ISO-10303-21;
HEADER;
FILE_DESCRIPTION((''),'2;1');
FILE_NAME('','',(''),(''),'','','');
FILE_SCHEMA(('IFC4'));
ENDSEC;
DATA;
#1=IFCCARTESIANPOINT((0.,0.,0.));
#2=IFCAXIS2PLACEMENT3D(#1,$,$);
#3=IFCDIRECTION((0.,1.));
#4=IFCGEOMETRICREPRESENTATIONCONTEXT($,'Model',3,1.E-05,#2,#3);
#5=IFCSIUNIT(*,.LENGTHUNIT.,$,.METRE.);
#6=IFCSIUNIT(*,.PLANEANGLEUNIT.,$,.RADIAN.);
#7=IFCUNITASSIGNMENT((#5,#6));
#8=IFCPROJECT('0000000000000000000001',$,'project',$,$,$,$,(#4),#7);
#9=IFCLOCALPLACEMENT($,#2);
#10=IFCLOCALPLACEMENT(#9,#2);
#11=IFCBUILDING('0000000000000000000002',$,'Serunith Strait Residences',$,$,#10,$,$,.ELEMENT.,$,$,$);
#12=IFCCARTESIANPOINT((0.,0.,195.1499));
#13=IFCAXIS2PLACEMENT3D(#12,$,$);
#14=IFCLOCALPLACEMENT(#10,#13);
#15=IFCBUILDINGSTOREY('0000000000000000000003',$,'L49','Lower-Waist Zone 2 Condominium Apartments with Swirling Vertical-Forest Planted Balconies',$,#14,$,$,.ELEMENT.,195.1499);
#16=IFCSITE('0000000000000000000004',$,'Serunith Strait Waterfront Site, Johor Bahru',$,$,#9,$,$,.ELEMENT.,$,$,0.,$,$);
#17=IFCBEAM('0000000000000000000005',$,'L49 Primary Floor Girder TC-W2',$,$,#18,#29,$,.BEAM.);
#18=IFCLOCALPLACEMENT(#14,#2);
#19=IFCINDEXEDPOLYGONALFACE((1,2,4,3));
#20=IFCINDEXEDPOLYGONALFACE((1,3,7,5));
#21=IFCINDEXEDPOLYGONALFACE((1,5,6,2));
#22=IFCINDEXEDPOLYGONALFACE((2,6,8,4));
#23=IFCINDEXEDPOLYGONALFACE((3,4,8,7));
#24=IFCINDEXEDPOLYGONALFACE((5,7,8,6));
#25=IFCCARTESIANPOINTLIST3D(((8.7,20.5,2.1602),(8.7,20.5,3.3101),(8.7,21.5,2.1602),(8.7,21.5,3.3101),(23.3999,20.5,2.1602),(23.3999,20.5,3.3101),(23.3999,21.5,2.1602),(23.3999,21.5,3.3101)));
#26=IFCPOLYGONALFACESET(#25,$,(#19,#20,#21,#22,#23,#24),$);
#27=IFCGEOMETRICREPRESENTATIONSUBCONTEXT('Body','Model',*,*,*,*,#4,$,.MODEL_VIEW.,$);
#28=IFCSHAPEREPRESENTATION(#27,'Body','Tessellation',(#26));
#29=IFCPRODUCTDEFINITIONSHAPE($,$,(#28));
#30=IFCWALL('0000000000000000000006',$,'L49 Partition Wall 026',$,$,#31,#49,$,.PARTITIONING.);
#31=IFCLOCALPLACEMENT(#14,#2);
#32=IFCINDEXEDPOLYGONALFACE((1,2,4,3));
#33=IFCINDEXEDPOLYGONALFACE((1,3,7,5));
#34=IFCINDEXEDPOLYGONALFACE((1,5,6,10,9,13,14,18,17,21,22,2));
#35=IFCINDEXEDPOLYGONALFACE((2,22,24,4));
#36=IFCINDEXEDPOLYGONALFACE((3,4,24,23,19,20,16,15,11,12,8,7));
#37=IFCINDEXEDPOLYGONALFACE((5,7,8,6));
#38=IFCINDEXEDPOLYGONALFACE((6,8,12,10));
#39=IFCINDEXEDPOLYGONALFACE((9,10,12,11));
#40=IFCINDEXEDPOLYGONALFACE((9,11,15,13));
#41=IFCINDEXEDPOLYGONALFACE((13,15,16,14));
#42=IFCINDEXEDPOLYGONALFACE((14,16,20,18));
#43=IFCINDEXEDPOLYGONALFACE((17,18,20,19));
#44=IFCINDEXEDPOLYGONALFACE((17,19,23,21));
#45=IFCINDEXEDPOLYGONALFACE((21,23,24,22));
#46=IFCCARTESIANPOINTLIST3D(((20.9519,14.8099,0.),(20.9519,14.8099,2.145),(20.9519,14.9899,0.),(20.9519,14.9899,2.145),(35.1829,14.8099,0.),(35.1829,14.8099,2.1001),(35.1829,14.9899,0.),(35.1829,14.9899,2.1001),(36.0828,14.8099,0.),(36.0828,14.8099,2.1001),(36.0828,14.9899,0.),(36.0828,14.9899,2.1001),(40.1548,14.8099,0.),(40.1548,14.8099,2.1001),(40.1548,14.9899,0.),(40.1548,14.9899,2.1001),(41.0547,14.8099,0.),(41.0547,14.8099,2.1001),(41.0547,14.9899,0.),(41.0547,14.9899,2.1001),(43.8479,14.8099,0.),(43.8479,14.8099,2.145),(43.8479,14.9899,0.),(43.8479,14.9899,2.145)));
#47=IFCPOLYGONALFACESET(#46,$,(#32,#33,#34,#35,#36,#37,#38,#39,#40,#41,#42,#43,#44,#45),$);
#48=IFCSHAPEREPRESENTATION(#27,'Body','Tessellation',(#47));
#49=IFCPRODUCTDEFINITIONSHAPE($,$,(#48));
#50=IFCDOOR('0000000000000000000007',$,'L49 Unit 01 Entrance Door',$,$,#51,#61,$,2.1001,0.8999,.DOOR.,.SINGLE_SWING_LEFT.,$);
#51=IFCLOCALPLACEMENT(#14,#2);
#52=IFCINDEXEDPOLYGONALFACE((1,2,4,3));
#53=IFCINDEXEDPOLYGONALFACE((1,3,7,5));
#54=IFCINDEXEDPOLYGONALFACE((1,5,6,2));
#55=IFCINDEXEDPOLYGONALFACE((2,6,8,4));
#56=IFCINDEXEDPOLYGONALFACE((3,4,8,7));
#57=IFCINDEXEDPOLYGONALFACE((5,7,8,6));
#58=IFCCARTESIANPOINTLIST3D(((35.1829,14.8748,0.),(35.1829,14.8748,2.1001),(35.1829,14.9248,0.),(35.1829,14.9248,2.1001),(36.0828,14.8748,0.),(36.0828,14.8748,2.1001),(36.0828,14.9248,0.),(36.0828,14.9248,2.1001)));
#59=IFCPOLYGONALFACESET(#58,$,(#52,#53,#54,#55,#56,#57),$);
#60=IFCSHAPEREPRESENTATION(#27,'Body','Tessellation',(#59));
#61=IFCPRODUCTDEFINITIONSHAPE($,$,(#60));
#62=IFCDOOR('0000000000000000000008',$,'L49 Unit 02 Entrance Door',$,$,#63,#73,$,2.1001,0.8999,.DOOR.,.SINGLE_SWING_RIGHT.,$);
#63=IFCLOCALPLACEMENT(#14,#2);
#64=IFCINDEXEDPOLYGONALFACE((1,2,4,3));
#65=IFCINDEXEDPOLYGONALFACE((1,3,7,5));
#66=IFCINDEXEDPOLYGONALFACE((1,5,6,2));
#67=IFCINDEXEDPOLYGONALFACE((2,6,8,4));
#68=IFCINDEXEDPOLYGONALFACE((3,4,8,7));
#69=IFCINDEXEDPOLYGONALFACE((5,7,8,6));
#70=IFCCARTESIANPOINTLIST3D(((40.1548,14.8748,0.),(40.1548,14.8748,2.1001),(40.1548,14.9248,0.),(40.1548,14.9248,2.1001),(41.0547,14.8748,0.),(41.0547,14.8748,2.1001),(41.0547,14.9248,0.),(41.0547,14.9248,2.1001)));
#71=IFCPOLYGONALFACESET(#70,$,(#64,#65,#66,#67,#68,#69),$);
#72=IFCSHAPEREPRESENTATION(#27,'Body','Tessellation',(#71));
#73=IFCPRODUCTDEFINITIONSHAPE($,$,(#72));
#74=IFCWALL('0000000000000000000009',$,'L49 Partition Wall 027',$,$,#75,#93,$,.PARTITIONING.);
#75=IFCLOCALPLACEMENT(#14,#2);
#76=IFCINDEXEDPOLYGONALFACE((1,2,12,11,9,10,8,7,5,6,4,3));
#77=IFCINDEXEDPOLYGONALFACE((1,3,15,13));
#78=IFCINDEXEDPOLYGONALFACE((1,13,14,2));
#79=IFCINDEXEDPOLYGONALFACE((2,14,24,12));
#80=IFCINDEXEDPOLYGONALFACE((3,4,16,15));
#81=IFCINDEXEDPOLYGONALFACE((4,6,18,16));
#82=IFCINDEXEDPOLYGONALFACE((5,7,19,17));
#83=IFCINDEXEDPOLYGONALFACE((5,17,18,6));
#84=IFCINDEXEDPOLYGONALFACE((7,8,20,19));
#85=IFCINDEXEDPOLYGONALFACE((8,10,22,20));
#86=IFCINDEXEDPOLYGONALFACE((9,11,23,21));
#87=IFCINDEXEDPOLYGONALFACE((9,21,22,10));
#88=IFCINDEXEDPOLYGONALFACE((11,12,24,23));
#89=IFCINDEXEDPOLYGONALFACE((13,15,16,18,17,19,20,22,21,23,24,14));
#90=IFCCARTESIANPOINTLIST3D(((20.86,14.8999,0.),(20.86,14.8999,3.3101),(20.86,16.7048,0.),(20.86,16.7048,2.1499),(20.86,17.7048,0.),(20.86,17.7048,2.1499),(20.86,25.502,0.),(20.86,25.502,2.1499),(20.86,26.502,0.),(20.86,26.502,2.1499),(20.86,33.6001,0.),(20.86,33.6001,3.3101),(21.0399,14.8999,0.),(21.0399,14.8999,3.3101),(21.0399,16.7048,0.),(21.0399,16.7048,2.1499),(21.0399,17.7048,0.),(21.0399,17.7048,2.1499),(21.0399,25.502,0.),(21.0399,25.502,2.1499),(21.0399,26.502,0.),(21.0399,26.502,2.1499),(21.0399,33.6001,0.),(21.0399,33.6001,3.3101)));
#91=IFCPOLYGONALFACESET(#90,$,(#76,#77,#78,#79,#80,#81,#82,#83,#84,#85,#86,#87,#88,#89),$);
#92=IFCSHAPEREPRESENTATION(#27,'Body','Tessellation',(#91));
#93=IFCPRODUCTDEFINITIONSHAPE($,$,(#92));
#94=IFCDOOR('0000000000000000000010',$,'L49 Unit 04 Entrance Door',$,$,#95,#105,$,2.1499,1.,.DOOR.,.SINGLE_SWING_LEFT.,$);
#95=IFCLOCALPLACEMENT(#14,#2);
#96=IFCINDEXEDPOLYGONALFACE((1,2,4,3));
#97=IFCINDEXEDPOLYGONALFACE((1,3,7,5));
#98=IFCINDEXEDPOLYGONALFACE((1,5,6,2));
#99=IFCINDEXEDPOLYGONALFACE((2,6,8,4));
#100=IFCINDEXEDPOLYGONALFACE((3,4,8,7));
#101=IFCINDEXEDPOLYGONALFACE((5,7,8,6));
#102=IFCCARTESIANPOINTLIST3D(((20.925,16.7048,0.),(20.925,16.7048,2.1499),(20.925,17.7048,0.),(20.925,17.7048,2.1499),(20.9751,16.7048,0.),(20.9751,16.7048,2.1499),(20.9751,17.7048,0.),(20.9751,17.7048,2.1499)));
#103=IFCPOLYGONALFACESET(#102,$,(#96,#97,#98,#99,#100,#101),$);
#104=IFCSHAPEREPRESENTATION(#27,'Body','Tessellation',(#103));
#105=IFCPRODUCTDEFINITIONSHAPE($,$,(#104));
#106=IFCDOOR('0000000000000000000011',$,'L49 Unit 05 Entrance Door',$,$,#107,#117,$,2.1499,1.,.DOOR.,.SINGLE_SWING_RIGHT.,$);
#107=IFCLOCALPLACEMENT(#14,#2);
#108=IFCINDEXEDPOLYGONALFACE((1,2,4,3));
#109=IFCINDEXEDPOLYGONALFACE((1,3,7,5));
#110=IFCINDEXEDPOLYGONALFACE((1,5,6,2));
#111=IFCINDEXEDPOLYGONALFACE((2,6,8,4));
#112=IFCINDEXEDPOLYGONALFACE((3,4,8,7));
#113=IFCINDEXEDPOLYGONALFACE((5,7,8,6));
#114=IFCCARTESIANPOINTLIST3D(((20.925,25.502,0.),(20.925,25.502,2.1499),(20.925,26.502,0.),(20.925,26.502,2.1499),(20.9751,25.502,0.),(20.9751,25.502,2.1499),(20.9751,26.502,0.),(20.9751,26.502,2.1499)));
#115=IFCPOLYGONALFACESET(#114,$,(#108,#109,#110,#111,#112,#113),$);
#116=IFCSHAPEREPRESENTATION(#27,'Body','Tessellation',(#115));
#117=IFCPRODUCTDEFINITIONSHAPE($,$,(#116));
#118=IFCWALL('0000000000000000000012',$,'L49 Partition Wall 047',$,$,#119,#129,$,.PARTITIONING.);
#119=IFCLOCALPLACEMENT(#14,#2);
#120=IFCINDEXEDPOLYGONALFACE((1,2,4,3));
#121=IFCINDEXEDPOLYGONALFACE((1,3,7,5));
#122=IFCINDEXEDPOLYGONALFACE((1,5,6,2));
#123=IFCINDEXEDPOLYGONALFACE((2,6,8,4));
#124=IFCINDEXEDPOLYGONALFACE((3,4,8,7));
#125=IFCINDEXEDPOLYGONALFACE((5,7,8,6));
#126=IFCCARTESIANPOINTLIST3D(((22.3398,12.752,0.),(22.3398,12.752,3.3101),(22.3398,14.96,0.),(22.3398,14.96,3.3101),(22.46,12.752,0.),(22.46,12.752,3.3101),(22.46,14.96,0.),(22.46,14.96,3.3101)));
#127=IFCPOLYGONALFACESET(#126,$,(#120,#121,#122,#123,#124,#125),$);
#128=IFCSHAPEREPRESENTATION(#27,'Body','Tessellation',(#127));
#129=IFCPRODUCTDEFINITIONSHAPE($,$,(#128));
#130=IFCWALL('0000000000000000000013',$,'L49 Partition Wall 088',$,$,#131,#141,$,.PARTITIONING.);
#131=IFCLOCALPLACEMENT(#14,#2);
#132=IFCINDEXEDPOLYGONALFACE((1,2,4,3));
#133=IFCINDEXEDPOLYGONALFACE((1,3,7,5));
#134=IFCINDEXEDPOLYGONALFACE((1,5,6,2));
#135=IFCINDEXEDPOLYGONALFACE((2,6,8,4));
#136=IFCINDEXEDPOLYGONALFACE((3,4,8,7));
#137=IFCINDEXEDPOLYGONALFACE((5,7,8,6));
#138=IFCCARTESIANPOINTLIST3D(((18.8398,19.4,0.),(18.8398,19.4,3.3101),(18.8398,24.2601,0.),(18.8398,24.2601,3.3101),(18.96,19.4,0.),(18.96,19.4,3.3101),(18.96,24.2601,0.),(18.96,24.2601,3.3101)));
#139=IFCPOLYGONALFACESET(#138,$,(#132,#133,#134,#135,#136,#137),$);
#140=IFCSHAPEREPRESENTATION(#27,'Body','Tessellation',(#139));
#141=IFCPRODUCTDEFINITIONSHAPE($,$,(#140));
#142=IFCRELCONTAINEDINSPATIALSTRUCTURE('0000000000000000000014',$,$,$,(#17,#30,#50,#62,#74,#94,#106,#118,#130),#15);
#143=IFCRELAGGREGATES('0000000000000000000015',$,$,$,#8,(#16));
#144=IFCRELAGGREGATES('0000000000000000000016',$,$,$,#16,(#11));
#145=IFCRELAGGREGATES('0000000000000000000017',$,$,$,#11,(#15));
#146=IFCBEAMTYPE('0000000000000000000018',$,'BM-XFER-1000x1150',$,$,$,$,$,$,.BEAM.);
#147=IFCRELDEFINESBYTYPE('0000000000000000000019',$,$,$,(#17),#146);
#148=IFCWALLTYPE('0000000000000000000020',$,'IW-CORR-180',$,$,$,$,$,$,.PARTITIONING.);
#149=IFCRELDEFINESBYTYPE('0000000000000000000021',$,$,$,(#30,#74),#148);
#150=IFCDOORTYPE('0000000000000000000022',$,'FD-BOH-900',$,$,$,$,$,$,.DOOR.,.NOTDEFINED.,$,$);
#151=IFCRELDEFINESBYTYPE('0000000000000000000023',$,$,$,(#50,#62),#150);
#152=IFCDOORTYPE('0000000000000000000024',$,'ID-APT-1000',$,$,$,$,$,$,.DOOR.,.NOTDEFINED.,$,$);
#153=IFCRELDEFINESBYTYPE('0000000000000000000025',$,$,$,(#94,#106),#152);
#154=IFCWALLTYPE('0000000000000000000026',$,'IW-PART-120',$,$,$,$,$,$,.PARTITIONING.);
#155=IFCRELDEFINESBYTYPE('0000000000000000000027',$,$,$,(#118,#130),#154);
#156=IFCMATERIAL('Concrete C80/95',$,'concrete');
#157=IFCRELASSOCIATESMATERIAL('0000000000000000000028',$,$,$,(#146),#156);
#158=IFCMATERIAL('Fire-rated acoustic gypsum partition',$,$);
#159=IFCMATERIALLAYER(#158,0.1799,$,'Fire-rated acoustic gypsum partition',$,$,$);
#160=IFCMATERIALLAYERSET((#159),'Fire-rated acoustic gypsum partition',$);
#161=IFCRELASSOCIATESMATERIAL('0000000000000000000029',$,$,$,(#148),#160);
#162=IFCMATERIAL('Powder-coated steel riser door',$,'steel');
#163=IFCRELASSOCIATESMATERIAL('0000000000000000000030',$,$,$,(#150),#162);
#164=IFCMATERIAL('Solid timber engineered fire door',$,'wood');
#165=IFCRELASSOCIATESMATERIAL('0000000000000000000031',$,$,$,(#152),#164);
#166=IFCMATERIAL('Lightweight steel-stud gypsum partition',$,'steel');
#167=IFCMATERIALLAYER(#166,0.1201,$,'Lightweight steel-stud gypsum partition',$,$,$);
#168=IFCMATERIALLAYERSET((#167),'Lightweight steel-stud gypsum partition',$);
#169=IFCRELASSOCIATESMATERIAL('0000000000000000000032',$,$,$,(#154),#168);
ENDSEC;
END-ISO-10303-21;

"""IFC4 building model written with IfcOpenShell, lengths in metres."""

from ifc_helpers import new_model, si_unit, direction, frame, frame_2d, origin, origin_2d, place, context, subcontext, project, spatial, rectangle, extrude, source, transform, mapped, material, layer, layer_set, material_profile, profile_set, type_object, element, fill, save


model = new_model("IFC4")

# Units and contexts
model_context = context("Model", 3, precision=1e-05, world=origin(), true_north=direction((0.0, 1.0)))
body_context = subcontext(model_context, "Body", "Model", "MODEL_VIEW")
ifc_project = project(units=[si_unit("LENGTHUNIT", "METRE"), si_unit("PLANEANGLEUNIT", "RADIAN")], contexts=[model_context])

# Site, building, storey
site_placement = place(None, origin())
site = spatial("IfcSite", under=ifc_project, at=site_placement, Name="Serunith Strait Waterfront Site, Johor Bahru", CompositionType="ELEMENT", RefElevation=0.0)
building_placement = place(site_placement, origin())
building = spatial("IfcBuilding", under=site, at=building_placement, Name="Serunith Strait Residences", CompositionType="ELEMENT")
storey_placement = place(building_placement, frame((0.0, 0.0, 195.1499)))
storey = spatial("IfcBuildingStorey", under=building, at=storey_placement, Name="L49", Description="Lower-Waist Zone 2 Condominium Apartments with Swirling Vertical-Forest Planted Balconies", CompositionType="ELEMENT", Elevation=195.1499)

# Beam
ifc_material_1 = material(Name="Concrete C80/95", Category="concrete")
ifc_material_profile = material_profile(ifc_material_1, rectangle(XDim=1.0, YDim=1.1499, at=origin_2d()), Name="RC 1000x1150")
ifc_profile_set = profile_set([ifc_material_profile], Name="Concrete C80/95")
beam_type = type_object("IfcBeamType", Name="BM-XFER-1000x1150", PredefinedType="BEAM", material=ifc_profile_set)
shared_shape_1 = source(origin(), body_context, "Body", "SweptSolid", [
    extrude(rectangle(XDim=1.0, YDim=1.1499, at=origin_2d()), origin(), (0.0, 0.0, 1.0), 14.7),
])
beam_placement = place(storey_placement, frame((23.3999, 21.0, 2.7351), z_axis=(-1.0, 0.0, 0.0), x_axis=(0.0, -1.0, 0.0)))
element("IfcBeam", 1, at=beam_placement, inside=storey, type_object=beam_type, Name="L49 Primary Floor Girder TC-W2", PredefinedType="BEAM", context=body_context, shape_type="MappedRepresentation", body=[
    mapped(shared_shape_1, transform((0.0, 0.0, 0.0), scale=1.0)),
])

# Walls, openings, doors
ifc_material_2 = material(Name="Fire-rated acoustic gypsum partition")
ifc_layer_1 = layer(ifc_material_2, 0.1799, Name="Fire-rated acoustic gypsum partition")
ifc_layer_set_1 = layer_set([ifc_layer_1], Name="Fire-rated acoustic gypsum partition")
wall_type_1 = type_object("IfcWallType", Name="IW-CORR-180", PredefinedType="PARTITIONING", material=ifc_layer_set_1)
wall_1_placement = place(storey_placement, frame((20.9519, 14.8999, 0.0), z_axis=(0.0, 0.0, 1.0), x_axis=(1.0, 0.0, 0.0)))
wall_1 = element("IfcWall", 2, at=wall_1_placement, inside=storey, type_object=wall_type_1, Name="L49 Partition Wall 026", PredefinedType="PARTITIONING", context=body_context, shape_type="SweptSolid", body=[
    extrude(rectangle(XDim=22.896, YDim=0.1799, at=frame_2d((11.448, 0.0))), origin(), (0.0, 0.0, 1.0), 2.145),
])
opening_1_placement = place(wall_1_placement, frame((14.231, 0.0, 0.0)))
opening_1 = element("IfcOpeningElement", 3, at=opening_1_placement, cuts=wall_1, PredefinedType="OPENING", context=body_context, shape_type="SweptSolid", body=[
    extrude(rectangle(XDim=0.8999, YDim=2.1001, at=frame_2d((0.45, 1.05))), frame((0.0, 0.1001, 0.0), z_axis=(0.0, -1.0, 0.0), x_axis=(1.0, 0.0, 0.0)), (0.0, 0.0, 1.0), 0.2),
])
opening_2_placement = place(wall_1_placement, frame((19.2029, 0.0, 0.0)))
opening_2 = element("IfcOpeningElement", 4, at=opening_2_placement, cuts=wall_1, PredefinedType="OPENING", context=body_context, shape_type="SweptSolid", body=[
    extrude(rectangle(XDim=0.8999, YDim=2.1001, at=frame_2d((0.45, 1.05))), frame((0.0, 0.1001, 0.0), z_axis=(0.0, -1.0, 0.0), x_axis=(1.0, 0.0, 0.0)), (0.0, 0.0, 1.0), 0.2),
])
ifc_material_3 = material(Name="Powder-coated steel riser door", Category="steel")
door_type_1 = type_object("IfcDoorType", Name="FD-BOH-900", OperationType="NOTDEFINED", PredefinedType="DOOR", material=ifc_material_3)
shared_shape_2 = source(origin(), body_context, "Body", "SweptSolid", [
    extrude(rectangle(XDim=0.8999, YDim=2.1001, at=frame_2d((0.45, 1.05))), frame((0.0, 0.0249, 0.0), z_axis=(0.0, -1.0, 0.0), x_axis=(1.0, 0.0, 0.0)), (0.0, 0.0, 1.0), 0.05),
])
door_1_placement = place(opening_1_placement, origin())
door_1 = element("IfcDoor", 5, at=door_1_placement, inside=storey, type_object=door_type_1, Name="L49 Unit 01 Entrance Door", OperationType="SINGLE_SWING_LEFT", OverallHeight=2.1001, OverallWidth=0.8999, PredefinedType="DOOR", context=body_context, shape_type="MappedRepresentation", body=[
    mapped(shared_shape_2, transform((0.0, 0.0, 0.0), scale=1.0)),
])
fill(opening_1, door_1)
door_2_placement = place(opening_2_placement, origin())
door_2 = element("IfcDoor", 6, at=door_2_placement, inside=storey, type_object=door_type_1, Name="L49 Unit 02 Entrance Door", OperationType="SINGLE_SWING_RIGHT", OverallHeight=2.1001, OverallWidth=0.8999, PredefinedType="DOOR", context=body_context, shape_type="MappedRepresentation", body=[
    mapped(shared_shape_2, transform((0.0, 0.0, 0.0), scale=1.0)),
])
fill(opening_2, door_2)
wall_2_placement = place(storey_placement, frame((20.95, 14.8999, 0.0), z_axis=(0.0, 0.0, 1.0), x_axis=(0.0, 1.0, 0.0)))
wall_2 = element("IfcWall", 7, at=wall_2_placement, inside=storey, type_object=wall_type_1, Name="L49 Partition Wall 027", PredefinedType="PARTITIONING", context=body_context, shape_type="SweptSolid", body=[
    extrude(rectangle(XDim=18.7002, YDim=0.1799, at=frame_2d((9.3501, 0.0))), origin(), (0.0, 0.0, 1.0), 3.3101),
])
opening_3_placement = place(wall_2_placement, frame((1.8049, 0.0, 0.0)))
opening_3 = element("IfcOpeningElement", 8, at=opening_3_placement, cuts=wall_2, PredefinedType="OPENING", context=body_context, shape_type="SweptSolid", body=[
    extrude(rectangle(XDim=1.0, YDim=2.1499, at=frame_2d((0.5, 1.075))), frame((0.0, 0.1001, 0.0), z_axis=(0.0, -1.0, 0.0), x_axis=(1.0, 0.0, 0.0)), (0.0, 0.0, 1.0), 0.2),
])
opening_4_placement = place(wall_2_placement, frame((10.6021, 0.0, 0.0)))
opening_4 = element("IfcOpeningElement", 9, at=opening_4_placement, cuts=wall_2, PredefinedType="OPENING", context=body_context, shape_type="SweptSolid", body=[
    extrude(rectangle(XDim=1.0, YDim=2.1499, at=frame_2d((0.5, 1.075))), frame((0.0, 0.1001, 0.0), z_axis=(0.0, -1.0, 0.0), x_axis=(1.0, 0.0, 0.0)), (0.0, 0.0, 1.0), 0.2),
])
ifc_material_4 = material(Name="Solid timber engineered fire door", Category="wood")
door_type_2 = type_object("IfcDoorType", Name="ID-APT-1000", OperationType="NOTDEFINED", PredefinedType="DOOR", material=ifc_material_4)
shared_shape_3 = source(origin(), body_context, "Body", "SweptSolid", [
    extrude(rectangle(XDim=1.0, YDim=2.1499, at=frame_2d((0.5, 1.075))), frame((0.0, 0.0249, 0.0), z_axis=(0.0, -1.0, 0.0), x_axis=(1.0, 0.0, 0.0)), (0.0, 0.0, 1.0), 0.05),
])
door_3_placement = place(opening_3_placement, origin())
door_3 = element("IfcDoor", 10, at=door_3_placement, inside=storey, type_object=door_type_2, Name="L49 Unit 04 Entrance Door", OperationType="SINGLE_SWING_LEFT", OverallHeight=2.1499, OverallWidth=1.0, PredefinedType="DOOR", context=body_context, shape_type="MappedRepresentation", body=[
    mapped(shared_shape_3, transform((0.0, 0.0, 0.0), scale=1.0)),
])
fill(opening_3, door_3)
door_4_placement = place(opening_4_placement, origin())
door_4 = element("IfcDoor", 11, at=door_4_placement, inside=storey, type_object=door_type_2, Name="L49 Unit 05 Entrance Door", OperationType="SINGLE_SWING_RIGHT", OverallHeight=2.1499, OverallWidth=1.0, PredefinedType="DOOR", context=body_context, shape_type="MappedRepresentation", body=[
    mapped(shared_shape_3, transform((0.0, 0.0, 0.0), scale=1.0)),
])
fill(opening_4, door_4)

# Walls
ifc_material_5 = material(Name="Lightweight steel-stud gypsum partition", Category="steel")
ifc_layer_2 = layer(ifc_material_5, 0.1201, Name="Lightweight steel-stud gypsum partition")
ifc_layer_set_2 = layer_set([ifc_layer_2], Name="Lightweight steel-stud gypsum partition")
wall_type_2 = type_object("IfcWallType", Name="IW-PART-120", PredefinedType="PARTITIONING", material=ifc_layer_set_2)
wall_3_placement = place(storey_placement, frame((22.3999, 12.752, 0.0), z_axis=(0.0, 0.0, 1.0), x_axis=(0.0, 1.0, 0.0)))
element("IfcWall", 12, at=wall_3_placement, inside=storey, type_object=wall_type_2, Name="L49 Partition Wall 047", PredefinedType="PARTITIONING", context=body_context, shape_type="SweptSolid", body=[
    extrude(rectangle(XDim=2.208, YDim=0.1201, at=frame_2d((1.104, 0.0))), origin(), (0.0, 0.0, 1.0), 3.3101),
])
wall_4_placement = place(storey_placement, frame((18.8999, 19.3999, 0.0), z_axis=(0.0, 0.0, 1.0), x_axis=(0.0, 1.0, 0.0)))
element("IfcWall", 13, at=wall_4_placement, inside=storey, type_object=wall_type_2, Name="L49 Partition Wall 088", PredefinedType="PARTITIONING", context=body_context, shape_type="SweptSolid", body=[
    extrude(rectangle(XDim=4.8601, YDim=0.1201, at=frame_2d((2.4302, 0.0))), origin(), (0.0, 0.0, 1.0), 3.3101),
])

save(model, "model.ifc")
